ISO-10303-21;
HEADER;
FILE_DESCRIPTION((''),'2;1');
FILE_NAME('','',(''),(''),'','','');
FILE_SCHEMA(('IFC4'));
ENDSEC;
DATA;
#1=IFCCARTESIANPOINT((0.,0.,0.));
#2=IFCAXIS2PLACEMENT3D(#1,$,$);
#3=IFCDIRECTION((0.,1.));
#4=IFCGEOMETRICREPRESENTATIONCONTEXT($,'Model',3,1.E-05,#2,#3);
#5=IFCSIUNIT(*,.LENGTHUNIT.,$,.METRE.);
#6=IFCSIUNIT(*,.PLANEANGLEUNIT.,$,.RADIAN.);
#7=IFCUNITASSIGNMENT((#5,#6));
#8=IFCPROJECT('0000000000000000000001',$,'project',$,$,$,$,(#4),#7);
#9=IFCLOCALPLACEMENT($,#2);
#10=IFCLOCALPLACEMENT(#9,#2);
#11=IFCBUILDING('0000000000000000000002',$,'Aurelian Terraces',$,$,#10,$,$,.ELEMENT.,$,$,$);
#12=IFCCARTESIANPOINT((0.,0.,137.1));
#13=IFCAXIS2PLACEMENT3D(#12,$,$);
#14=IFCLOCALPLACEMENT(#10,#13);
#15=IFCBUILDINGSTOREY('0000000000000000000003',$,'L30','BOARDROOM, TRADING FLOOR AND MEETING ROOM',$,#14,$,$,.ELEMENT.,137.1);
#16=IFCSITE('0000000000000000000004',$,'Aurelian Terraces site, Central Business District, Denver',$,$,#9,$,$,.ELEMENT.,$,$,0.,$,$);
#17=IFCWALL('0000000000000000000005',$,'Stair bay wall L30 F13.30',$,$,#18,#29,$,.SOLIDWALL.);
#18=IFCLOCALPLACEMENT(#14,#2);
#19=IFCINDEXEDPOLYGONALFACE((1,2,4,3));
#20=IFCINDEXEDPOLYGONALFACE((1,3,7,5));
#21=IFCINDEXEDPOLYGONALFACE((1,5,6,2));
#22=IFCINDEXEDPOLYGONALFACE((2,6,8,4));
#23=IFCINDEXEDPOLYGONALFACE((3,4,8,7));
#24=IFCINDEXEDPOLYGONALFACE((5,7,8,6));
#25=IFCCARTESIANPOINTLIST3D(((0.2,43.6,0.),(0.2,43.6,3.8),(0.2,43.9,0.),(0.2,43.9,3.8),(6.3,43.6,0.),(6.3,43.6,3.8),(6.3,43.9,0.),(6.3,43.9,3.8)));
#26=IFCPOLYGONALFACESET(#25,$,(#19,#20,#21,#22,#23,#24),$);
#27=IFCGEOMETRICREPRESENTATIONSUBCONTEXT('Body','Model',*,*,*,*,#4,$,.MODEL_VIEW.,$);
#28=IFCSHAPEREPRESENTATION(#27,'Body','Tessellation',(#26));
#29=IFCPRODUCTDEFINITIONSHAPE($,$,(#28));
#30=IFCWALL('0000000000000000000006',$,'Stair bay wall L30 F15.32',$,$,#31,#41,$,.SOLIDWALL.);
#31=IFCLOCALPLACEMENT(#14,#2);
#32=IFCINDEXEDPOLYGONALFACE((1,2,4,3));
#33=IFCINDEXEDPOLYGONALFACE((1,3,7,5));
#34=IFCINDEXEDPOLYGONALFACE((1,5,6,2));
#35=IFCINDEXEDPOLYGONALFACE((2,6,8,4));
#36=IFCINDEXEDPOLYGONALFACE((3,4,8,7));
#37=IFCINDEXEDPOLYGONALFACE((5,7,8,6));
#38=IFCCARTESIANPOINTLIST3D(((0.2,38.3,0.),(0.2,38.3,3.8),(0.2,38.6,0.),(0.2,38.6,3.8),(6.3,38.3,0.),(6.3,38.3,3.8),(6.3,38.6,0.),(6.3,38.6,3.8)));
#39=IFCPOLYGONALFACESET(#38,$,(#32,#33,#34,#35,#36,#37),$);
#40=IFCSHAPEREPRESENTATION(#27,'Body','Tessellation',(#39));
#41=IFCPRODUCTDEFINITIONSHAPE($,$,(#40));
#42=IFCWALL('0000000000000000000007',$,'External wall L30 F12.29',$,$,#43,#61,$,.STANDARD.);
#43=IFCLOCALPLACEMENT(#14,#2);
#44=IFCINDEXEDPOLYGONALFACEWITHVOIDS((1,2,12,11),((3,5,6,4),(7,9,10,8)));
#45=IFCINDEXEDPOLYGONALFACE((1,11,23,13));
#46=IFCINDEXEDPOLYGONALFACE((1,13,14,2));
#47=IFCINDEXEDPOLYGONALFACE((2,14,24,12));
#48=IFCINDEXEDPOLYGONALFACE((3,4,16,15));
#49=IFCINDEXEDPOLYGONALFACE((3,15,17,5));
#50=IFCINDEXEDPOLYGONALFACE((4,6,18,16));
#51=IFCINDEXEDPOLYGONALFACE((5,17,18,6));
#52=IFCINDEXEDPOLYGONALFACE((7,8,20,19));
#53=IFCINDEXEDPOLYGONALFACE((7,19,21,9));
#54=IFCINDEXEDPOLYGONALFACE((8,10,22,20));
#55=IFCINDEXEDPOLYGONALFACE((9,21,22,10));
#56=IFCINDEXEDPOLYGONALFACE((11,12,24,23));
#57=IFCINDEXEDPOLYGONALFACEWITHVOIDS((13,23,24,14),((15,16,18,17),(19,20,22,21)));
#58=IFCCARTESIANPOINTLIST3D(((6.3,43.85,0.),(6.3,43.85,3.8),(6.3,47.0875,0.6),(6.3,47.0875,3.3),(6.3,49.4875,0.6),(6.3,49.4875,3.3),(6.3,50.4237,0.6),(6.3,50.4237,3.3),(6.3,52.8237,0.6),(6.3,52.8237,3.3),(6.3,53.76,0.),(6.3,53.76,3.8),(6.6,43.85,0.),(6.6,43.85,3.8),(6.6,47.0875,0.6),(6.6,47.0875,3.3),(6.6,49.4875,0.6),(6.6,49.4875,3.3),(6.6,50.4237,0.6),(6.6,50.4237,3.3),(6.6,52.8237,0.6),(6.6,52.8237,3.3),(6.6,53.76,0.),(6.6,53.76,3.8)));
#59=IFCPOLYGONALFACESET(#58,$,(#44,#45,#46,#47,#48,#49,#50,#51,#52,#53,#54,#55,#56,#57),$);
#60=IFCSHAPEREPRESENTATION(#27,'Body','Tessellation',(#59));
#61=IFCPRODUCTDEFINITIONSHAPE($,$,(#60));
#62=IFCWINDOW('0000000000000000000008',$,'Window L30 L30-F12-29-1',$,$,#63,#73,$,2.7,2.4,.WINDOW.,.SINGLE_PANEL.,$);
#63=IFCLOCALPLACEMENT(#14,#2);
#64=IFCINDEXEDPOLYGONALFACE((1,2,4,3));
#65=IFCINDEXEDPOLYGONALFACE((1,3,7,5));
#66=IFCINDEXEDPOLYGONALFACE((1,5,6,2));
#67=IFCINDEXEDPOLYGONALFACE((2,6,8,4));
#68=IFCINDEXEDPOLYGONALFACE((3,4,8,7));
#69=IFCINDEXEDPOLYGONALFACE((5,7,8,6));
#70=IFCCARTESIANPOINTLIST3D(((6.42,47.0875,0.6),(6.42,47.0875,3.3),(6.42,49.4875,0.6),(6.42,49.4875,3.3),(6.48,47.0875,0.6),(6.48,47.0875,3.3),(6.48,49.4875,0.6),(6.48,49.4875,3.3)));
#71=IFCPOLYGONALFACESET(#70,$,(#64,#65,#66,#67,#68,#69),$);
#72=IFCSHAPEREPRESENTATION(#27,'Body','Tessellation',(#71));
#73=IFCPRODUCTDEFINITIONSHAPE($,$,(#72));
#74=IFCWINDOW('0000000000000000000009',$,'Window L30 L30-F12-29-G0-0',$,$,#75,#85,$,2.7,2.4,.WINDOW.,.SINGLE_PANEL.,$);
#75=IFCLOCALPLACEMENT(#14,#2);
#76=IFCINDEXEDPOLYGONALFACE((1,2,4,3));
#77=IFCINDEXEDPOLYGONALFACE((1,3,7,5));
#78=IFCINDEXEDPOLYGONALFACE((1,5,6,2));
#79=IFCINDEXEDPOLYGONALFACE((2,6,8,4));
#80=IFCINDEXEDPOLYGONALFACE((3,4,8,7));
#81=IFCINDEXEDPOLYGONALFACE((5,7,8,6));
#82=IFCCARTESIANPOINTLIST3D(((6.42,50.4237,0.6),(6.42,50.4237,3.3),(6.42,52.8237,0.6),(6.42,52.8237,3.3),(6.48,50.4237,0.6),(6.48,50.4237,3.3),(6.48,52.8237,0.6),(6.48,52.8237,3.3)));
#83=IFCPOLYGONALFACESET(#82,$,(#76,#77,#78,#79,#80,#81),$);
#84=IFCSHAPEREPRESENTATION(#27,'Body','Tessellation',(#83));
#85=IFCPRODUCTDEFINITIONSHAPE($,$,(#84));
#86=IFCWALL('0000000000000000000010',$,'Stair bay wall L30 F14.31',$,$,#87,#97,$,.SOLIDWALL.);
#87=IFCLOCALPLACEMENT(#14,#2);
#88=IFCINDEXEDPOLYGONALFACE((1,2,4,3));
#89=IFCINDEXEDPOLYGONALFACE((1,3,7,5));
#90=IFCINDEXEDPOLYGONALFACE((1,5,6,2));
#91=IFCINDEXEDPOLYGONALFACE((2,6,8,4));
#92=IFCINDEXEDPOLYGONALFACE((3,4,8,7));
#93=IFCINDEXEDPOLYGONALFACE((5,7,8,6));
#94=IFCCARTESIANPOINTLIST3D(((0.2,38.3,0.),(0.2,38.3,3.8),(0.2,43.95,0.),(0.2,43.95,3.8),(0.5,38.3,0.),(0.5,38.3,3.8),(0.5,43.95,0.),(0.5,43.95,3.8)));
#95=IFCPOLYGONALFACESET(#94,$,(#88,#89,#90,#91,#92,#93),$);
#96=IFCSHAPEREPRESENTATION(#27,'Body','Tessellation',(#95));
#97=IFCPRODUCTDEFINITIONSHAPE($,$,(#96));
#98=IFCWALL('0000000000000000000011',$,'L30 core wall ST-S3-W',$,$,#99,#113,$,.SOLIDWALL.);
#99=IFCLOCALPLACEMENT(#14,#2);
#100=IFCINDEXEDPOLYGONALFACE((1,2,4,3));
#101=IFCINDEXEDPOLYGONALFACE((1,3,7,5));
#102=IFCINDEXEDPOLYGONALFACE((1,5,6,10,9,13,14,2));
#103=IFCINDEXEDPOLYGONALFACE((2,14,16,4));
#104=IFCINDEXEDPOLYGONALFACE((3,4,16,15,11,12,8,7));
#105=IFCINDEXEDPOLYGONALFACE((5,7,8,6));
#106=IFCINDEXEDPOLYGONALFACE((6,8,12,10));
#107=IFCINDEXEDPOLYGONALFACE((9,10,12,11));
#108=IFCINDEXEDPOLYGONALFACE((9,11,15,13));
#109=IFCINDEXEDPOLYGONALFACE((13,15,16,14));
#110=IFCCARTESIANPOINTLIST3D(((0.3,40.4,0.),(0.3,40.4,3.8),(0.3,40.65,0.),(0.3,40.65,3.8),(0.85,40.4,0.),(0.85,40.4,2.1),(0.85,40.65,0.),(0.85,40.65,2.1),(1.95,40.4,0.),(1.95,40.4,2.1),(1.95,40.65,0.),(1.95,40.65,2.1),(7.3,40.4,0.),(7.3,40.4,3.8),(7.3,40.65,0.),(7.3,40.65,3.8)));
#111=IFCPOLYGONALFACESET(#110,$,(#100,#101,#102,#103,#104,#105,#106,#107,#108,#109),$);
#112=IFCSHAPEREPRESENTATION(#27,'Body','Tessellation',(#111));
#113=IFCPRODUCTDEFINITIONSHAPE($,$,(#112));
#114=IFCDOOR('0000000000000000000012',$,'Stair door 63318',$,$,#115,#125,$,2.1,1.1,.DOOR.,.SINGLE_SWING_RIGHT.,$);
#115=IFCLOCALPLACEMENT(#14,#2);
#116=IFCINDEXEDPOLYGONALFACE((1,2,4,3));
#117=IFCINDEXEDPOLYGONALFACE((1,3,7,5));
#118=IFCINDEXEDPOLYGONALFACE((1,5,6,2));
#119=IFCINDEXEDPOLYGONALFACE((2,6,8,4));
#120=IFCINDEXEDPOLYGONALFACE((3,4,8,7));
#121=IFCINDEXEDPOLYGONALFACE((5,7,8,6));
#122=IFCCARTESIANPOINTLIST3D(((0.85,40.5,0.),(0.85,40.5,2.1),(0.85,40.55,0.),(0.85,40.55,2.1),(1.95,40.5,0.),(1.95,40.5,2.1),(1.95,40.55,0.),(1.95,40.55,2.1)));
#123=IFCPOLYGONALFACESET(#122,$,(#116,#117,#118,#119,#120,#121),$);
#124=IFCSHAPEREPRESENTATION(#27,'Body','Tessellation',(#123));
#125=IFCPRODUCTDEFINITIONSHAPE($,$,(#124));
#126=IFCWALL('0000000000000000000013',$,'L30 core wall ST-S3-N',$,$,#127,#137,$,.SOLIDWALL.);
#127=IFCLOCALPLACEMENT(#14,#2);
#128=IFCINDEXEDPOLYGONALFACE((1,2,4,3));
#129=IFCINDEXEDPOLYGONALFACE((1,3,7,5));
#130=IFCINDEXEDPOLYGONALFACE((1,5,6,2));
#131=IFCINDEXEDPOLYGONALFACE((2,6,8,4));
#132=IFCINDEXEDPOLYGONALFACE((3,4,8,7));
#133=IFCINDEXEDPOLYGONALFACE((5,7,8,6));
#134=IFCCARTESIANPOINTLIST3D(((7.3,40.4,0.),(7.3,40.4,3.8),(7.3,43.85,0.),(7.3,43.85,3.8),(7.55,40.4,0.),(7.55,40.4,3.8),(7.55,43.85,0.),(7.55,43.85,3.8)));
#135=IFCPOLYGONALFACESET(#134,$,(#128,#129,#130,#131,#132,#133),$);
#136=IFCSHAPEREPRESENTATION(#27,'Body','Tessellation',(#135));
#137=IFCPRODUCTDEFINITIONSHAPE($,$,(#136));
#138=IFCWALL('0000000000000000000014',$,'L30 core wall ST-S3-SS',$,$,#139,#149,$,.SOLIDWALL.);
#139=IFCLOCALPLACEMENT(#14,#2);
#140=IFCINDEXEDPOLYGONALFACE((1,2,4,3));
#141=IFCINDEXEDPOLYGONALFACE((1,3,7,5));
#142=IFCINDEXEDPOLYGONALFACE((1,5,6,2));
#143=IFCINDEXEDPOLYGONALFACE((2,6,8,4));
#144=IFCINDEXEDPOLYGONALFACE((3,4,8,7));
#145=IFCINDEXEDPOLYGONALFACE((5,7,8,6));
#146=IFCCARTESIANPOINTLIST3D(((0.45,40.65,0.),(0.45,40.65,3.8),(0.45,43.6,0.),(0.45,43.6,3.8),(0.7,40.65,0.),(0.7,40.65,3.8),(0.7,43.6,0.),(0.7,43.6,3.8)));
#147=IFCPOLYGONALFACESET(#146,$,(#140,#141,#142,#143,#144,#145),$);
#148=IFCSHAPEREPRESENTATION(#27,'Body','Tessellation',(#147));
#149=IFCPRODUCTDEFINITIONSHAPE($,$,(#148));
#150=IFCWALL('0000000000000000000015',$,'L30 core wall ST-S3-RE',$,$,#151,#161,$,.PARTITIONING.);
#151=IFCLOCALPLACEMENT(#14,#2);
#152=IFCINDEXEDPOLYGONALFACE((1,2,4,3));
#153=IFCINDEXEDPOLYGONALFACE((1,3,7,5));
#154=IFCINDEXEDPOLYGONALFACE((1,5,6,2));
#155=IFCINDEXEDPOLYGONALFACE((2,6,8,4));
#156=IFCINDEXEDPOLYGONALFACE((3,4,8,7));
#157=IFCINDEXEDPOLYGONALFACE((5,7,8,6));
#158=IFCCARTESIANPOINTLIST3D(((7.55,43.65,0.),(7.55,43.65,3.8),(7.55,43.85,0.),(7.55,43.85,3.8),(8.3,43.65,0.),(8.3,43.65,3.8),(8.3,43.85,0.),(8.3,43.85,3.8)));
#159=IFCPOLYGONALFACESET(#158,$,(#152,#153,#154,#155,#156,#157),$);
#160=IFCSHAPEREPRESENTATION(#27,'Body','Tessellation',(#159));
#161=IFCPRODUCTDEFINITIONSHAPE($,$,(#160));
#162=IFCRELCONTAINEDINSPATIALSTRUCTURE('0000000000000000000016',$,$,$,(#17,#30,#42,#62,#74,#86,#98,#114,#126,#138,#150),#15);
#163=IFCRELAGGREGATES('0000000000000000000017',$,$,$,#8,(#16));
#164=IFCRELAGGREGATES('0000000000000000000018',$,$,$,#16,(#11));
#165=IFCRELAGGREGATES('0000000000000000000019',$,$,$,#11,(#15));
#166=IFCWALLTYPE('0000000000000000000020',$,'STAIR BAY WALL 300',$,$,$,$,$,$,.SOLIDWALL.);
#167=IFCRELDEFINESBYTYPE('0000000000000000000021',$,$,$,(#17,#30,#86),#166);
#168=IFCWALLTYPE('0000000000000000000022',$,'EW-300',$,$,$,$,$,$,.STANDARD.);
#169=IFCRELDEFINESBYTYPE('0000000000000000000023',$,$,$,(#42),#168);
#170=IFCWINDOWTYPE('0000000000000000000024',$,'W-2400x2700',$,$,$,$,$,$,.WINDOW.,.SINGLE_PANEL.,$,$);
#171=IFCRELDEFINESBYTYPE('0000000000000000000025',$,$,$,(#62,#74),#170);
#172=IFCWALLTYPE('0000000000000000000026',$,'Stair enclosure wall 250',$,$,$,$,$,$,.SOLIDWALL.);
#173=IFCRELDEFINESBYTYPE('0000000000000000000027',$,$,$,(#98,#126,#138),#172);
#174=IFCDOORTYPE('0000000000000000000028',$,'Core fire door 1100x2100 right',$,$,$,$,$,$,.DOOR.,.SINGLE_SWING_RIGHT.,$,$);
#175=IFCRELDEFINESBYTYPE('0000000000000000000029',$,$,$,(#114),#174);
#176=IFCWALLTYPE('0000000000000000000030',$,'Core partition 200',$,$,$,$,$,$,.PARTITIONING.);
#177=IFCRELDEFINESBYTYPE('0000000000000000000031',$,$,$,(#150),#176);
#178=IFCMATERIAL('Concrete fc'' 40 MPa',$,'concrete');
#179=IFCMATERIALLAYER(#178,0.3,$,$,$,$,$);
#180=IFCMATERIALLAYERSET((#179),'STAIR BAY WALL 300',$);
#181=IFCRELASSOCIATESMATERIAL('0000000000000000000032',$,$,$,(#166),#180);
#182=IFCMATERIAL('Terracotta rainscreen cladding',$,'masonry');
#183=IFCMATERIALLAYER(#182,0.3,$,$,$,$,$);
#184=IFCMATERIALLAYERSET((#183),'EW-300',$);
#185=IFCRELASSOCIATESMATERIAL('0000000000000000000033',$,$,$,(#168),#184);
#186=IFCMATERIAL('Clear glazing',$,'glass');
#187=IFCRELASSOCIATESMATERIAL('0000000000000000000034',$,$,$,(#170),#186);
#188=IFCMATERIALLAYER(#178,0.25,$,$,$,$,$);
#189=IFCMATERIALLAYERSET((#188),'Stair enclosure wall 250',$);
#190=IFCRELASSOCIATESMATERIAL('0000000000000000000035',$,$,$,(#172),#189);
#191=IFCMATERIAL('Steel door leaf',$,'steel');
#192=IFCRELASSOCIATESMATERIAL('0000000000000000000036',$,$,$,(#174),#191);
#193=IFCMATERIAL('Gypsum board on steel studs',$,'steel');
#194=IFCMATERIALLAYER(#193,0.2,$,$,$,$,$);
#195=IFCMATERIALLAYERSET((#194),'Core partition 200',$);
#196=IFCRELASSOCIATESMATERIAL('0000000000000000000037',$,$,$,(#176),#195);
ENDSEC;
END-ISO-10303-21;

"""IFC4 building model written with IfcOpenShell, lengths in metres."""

from ifc_helpers import new_model, si_unit, direction, frame, frame_2d, origin, place, context, subcontext, project, spatial, rectangle, extrude, source, transform, mapped, material, layer, layer_set, type_object, element, fill, save


model = new_model("IFC4")

# Units and contexts
model_context = context("Model", 3, precision=1e-05, world=origin(), true_north=direction((0.0, 1.0)))
body_context = subcontext(model_context, "Body", "Model", "MODEL_VIEW")
ifc_project = project(units=[si_unit("LENGTHUNIT", "METRE"), si_unit("PLANEANGLEUNIT", "RADIAN")], contexts=[model_context])

# Site, building, storey
site_placement = place(None, origin())
site = spatial("IfcSite", under=ifc_project, at=site_placement, Name="Aurelian Terraces site, Central Business District, Denver", CompositionType="ELEMENT", RefElevation=0.0)
building_placement = place(site_placement, origin())
building = spatial("IfcBuilding", under=site, at=building_placement, Name="Aurelian Terraces", CompositionType="ELEMENT")
storey_placement = place(building_placement, frame((0.0, 0.0, 137.1)))
storey = spatial("IfcBuildingStorey", under=building, at=storey_placement, Name="L30", Description="BOARDROOM, TRADING FLOOR AND MEETING ROOM", CompositionType="ELEMENT", Elevation=137.1)

# Walls
ifc_material_1 = material(Name="Concrete fc' 40 MPa", Category="concrete")
ifc_layer_1 = layer(ifc_material_1, 0.3)
ifc_layer_set_1 = layer_set([ifc_layer_1], Name="STAIR BAY WALL 300")
wall_type_1 = type_object("IfcWallType", Name="STAIR BAY WALL 300", PredefinedType="SOLIDWALL", material=ifc_layer_set_1)
shared_shape_1 = source(origin(), body_context, "Body", "SweptSolid", [
    extrude(rectangle(XDim=6.1, YDim=0.3, at=frame_2d((3.05, 0.0))), origin(), (0.0, 0.0, 1.0), 3.8),
])
for number, where, z_axis, x_axis, name in (
    (1, (6.3, 43.75, 0.0), (0.0, 0.0, 1.0), (-1.0, 0.0, 0.0), "Stair bay wall L30 F13.30"),
    (2, (0.2, 38.45, 0.0), (0.0, 0.0, 1.0), (1.0, 0.0, 0.0), "Stair bay wall L30 F15.32"),
):
    element("IfcWall", number, at=place(storey_placement, frame(where, z_axis=z_axis, x_axis=x_axis)), inside=storey, type_object=wall_type_1, Name=name, PredefinedType="SOLIDWALL", context=body_context, shape_type="MappedRepresentation", body=[
        mapped(shared_shape_1, transform((0.0, 0.0, 0.0), scale=1.0)),
    ])

# Wall, openings, windows
ifc_material_2 = material(Name="Terracotta rainscreen cladding", Category="masonry")
ifc_layer_2 = layer(ifc_material_2, 0.3)
ifc_layer_set_2 = layer_set([ifc_layer_2], Name="EW-300")
wall_type_2 = type_object("IfcWallType", Name="EW-300", PredefinedType="STANDARD", material=ifc_layer_set_2)
shared_shape_2 = source(origin(), body_context, "Body", "SweptSolid", [
    extrude(rectangle(XDim=9.91, YDim=0.3, at=frame_2d((4.955, 0.0))), origin(), (0.0, 0.0, 1.0), 3.8),
])
wall_1_placement = place(storey_placement, frame((6.45, 53.76, 0.0), z_axis=(0.0, 0.0, 1.0), x_axis=(0.0, -1.0, 0.0)))
wall_1 = element("IfcWall", 3, at=wall_1_placement, inside=storey, type_object=wall_type_2, Name="External wall L30 F12.29", PredefinedType="STANDARD", context=body_context, shape_type="MappedRepresentation", body=[
    mapped(shared_shape_2, transform((0.0, 0.0, 0.0), scale=1.0)),
])
shared_shape_3 = source(origin(), body_context, "Body", "SweptSolid", [
    extrude(rectangle(XDim=2.4, YDim=2.7, at=frame_2d((1.2, 1.35))), frame((0.0, 0.16, 0.0), z_axis=(0.0, -1.0, 0.0), x_axis=(1.0, 0.0, 0.0)), (0.0, 0.0, 1.0), 0.32),
])
opening_1_placement = place(wall_1_placement, frame((4.2725, 0.0, 0.6)))
opening_1 = element("IfcOpeningElement", 4, at=opening_1_placement, cuts=wall_1, PredefinedType="OPENING", context=body_context, shape_type="MappedRepresentation", body=[
    mapped(shared_shape_3, transform((0.0, 0.0, 0.0), scale=1.0)),
])
opening_2_placement = place(wall_1_placement, frame((0.9363, 0.0, 0.6)))
opening_2 = element("IfcOpeningElement", 5, at=opening_2_placement, cuts=wall_1, PredefinedType="OPENING", context=body_context, shape_type="MappedRepresentation", body=[
    mapped(shared_shape_3, transform((0.0, 0.0, 0.0), scale=1.0)),
])
ifc_material_3 = material(Name="Clear glazing", Category="glass")
window_type = type_object("IfcWindowType", Name="W-2400x2700", PartitioningType="SINGLE_PANEL", PredefinedType="WINDOW", material=ifc_material_3)
shared_shape_4 = source(origin(), body_context, "Body", "SweptSolid", [
    extrude(rectangle(XDim=2.4, YDim=2.7, at=frame_2d((1.2, 1.35))), frame((0.0, 0.03, 0.0), z_axis=(0.0, -1.0, 0.0), x_axis=(1.0, 0.0, 0.0)), (0.0, 0.0, 1.0), 0.06),
])
window_1_placement = place(opening_1_placement, origin())
window_1 = element("IfcWindow", 6, at=window_1_placement, inside=storey, type_object=window_type, Name="Window L30 L30-F12-29-1", OverallHeight=2.7, OverallWidth=2.4, PartitioningType="SINGLE_PANEL", PredefinedType="WINDOW", context=body_context, shape_type="MappedRepresentation", body=[
    mapped(shared_shape_4, transform((0.0, 0.0, 0.0), scale=1.0)),
])
fill(opening_1, window_1)
window_2_placement = place(opening_2_placement, origin())
window_2 = element("IfcWindow", 7, at=window_2_placement, inside=storey, type_object=window_type, Name="Window L30 L30-F12-29-G0-0", OverallHeight=2.7, OverallWidth=2.4, PartitioningType="SINGLE_PANEL", PredefinedType="WINDOW", context=body_context, shape_type="MappedRepresentation", body=[
    mapped(shared_shape_4, transform((0.0, 0.0, 0.0), scale=1.0)),
])
fill(opening_2, window_2)

# Wall
shared_shape_5 = source(origin(), body_context, "Body", "SweptSolid", [
    extrude(rectangle(XDim=5.65, YDim=0.3, at=frame_2d((2.825, 0.0))), origin(), (0.0, 0.0, 1.0), 3.8),
])
wall_2_placement = place(storey_placement, frame((0.35, 43.95, 0.0), z_axis=(0.0, 0.0, 1.0), x_axis=(0.0, -1.0, 0.0)))
element("IfcWall", 8, at=wall_2_placement, inside=storey, type_object=wall_type_1, Name="Stair bay wall L30 F14.31", PredefinedType="SOLIDWALL", context=body_context, shape_type="MappedRepresentation", body=[
    mapped(shared_shape_5, transform((0.0, 0.0, 0.0), scale=1.0)),
])

# Wall, opening, door
ifc_layer_3 = layer(ifc_material_1, 0.25)
ifc_layer_set_3 = layer_set([ifc_layer_3], Name="Stair enclosure wall 250")
wall_type_3 = type_object("IfcWallType", Name="Stair enclosure wall 250", PredefinedType="SOLIDWALL", material=ifc_layer_set_3)
shared_shape_6 = source(origin(), body_context, "Body", "SweptSolid", [
    extrude(rectangle(XDim=7.0, YDim=0.25, at=frame_2d((3.5, 0.0))), origin(), (0.0, 0.0, 1.0), 3.8),
])
wall_3_placement = place(storey_placement, frame((0.3, 40.525, 0.0), z_axis=(0.0, 0.0, 1.0), x_axis=(1.0, 0.0, 0.0)))
wall_3 = element("IfcWall", 9, at=wall_3_placement, inside=storey, type_object=wall_type_3, Name="L30 core wall ST-S3-W", PredefinedType="SOLIDWALL", context=body_context, shape_type="MappedRepresentation", body=[
    mapped(shared_shape_6, transform((0.0, 0.0, 0.0), scale=1.0)),
])
shared_shape_7 = source(origin(), body_context, "Body", "SweptSolid", [
    extrude(rectangle(XDim=1.1, YDim=2.1, at=frame_2d((0.55, 1.05))), frame((0.0, 0.135, 0.0), z_axis=(0.0, -1.0, 0.0), x_axis=(1.0, 0.0, 0.0)), (0.0, 0.0, 1.0), 0.27),
])
opening_3_placement = place(wall_3_placement, frame((0.55, 0.0, 0.0)))
opening_3 = element("IfcOpeningElement", 10, at=opening_3_placement, cuts=wall_3, PredefinedType="OPENING", context=body_context, shape_type="MappedRepresentation", body=[
    mapped(shared_shape_7, transform((0.0, 0.0, 0.0), scale=1.0)),
])
ifc_material_4 = material(Name="Steel door leaf", Category="steel")
door_type = type_object("IfcDoorType", Name="Core fire door 1100x2100 right", OperationType="SINGLE_SWING_RIGHT", PredefinedType="DOOR", material=ifc_material_4)
shared_shape_8 = source(origin(), body_context, "Body", "SweptSolid", [
    extrude(rectangle(XDim=1.1, YDim=2.1, at=frame_2d((0.55, 1.05))), frame((0.0, 0.025, 0.0), z_axis=(0.0, -1.0, 0.0), x_axis=(1.0, 0.0, 0.0)), (0.0, 0.0, 1.0), 0.05),
])
door_placement = place(opening_3_placement, origin())
door = element("IfcDoor", 11, at=door_placement, inside=storey, type_object=door_type, Name="Stair door 63318", OperationType="SINGLE_SWING_RIGHT", OverallHeight=2.1, OverallWidth=1.1, PredefinedType="DOOR", context=body_context, shape_type="MappedRepresentation", body=[
    mapped(shared_shape_8, transform((0.0, 0.0, 0.0), scale=1.0)),
])
fill(opening_3, door)

# Walls
shared_shape_9 = source(origin(), body_context, "Body", "SweptSolid", [
    extrude(rectangle(XDim=3.45, YDim=0.25, at=frame_2d((1.725, 0.0))), origin(), (0.0, 0.0, 1.0), 3.8),
])
wall_4_placement = place(storey_placement, frame((7.425, 40.4, 0.0), z_axis=(0.0, 0.0, 1.0), x_axis=(0.0, 1.0, 0.0)))
element("IfcWall", 12, at=wall_4_placement, inside=storey, type_object=wall_type_3, Name="L30 core wall ST-S3-N", PredefinedType="SOLIDWALL", context=body_context, shape_type="MappedRepresentation", body=[
    mapped(shared_shape_9, transform((0.0, 0.0, 0.0), scale=1.0)),
])
shared_shape_10 = source(origin(), body_context, "Body", "SweptSolid", [
    extrude(rectangle(XDim=2.95, YDim=0.25, at=frame_2d((1.475, 0.0))), origin(), (0.0, 0.0, 1.0), 3.8),
])
wall_5_placement = place(storey_placement, frame((0.575, 40.65, 0.0), z_axis=(0.0, 0.0, 1.0), x_axis=(0.0, 1.0, 0.0)))
element("IfcWall", 13, at=wall_5_placement, inside=storey, type_object=wall_type_3, Name="L30 core wall ST-S3-SS", PredefinedType="SOLIDWALL", context=body_context, shape_type="MappedRepresentation", body=[
    mapped(shared_shape_10, transform((0.0, 0.0, 0.0), scale=1.0)),
])
ifc_material_5 = material(Name="Gypsum board on steel studs", Category="steel")
ifc_layer_4 = layer(ifc_material_5, 0.2)
ifc_layer_set_4 = layer_set([ifc_layer_4], Name="Core partition 200")
wall_type_4 = type_object("IfcWallType", Name="Core partition 200", PredefinedType="PARTITIONING", material=ifc_layer_set_4)
shared_shape_11 = source(origin(), body_context, "Body", "SweptSolid", [
    extrude(rectangle(XDim=0.75, YDim=0.2, at=frame_2d((0.375, 0.0))), origin(), (0.0, 0.0, 1.0), 3.8),
])
wall_6_placement = place(storey_placement, frame((7.55, 43.75, 0.0), z_axis=(0.0, 0.0, 1.0), x_axis=(1.0, 0.0, 0.0)))
element("IfcWall", 14, at=wall_6_placement, inside=storey, type_object=wall_type_4, Name="L30 core wall ST-S3-RE", PredefinedType="PARTITIONING", context=body_context, shape_type="MappedRepresentation", body=[
    mapped(shared_shape_11, transform((0.0, 0.0, 0.0), scale=1.0)),
])

save(model, "model.ifc")
